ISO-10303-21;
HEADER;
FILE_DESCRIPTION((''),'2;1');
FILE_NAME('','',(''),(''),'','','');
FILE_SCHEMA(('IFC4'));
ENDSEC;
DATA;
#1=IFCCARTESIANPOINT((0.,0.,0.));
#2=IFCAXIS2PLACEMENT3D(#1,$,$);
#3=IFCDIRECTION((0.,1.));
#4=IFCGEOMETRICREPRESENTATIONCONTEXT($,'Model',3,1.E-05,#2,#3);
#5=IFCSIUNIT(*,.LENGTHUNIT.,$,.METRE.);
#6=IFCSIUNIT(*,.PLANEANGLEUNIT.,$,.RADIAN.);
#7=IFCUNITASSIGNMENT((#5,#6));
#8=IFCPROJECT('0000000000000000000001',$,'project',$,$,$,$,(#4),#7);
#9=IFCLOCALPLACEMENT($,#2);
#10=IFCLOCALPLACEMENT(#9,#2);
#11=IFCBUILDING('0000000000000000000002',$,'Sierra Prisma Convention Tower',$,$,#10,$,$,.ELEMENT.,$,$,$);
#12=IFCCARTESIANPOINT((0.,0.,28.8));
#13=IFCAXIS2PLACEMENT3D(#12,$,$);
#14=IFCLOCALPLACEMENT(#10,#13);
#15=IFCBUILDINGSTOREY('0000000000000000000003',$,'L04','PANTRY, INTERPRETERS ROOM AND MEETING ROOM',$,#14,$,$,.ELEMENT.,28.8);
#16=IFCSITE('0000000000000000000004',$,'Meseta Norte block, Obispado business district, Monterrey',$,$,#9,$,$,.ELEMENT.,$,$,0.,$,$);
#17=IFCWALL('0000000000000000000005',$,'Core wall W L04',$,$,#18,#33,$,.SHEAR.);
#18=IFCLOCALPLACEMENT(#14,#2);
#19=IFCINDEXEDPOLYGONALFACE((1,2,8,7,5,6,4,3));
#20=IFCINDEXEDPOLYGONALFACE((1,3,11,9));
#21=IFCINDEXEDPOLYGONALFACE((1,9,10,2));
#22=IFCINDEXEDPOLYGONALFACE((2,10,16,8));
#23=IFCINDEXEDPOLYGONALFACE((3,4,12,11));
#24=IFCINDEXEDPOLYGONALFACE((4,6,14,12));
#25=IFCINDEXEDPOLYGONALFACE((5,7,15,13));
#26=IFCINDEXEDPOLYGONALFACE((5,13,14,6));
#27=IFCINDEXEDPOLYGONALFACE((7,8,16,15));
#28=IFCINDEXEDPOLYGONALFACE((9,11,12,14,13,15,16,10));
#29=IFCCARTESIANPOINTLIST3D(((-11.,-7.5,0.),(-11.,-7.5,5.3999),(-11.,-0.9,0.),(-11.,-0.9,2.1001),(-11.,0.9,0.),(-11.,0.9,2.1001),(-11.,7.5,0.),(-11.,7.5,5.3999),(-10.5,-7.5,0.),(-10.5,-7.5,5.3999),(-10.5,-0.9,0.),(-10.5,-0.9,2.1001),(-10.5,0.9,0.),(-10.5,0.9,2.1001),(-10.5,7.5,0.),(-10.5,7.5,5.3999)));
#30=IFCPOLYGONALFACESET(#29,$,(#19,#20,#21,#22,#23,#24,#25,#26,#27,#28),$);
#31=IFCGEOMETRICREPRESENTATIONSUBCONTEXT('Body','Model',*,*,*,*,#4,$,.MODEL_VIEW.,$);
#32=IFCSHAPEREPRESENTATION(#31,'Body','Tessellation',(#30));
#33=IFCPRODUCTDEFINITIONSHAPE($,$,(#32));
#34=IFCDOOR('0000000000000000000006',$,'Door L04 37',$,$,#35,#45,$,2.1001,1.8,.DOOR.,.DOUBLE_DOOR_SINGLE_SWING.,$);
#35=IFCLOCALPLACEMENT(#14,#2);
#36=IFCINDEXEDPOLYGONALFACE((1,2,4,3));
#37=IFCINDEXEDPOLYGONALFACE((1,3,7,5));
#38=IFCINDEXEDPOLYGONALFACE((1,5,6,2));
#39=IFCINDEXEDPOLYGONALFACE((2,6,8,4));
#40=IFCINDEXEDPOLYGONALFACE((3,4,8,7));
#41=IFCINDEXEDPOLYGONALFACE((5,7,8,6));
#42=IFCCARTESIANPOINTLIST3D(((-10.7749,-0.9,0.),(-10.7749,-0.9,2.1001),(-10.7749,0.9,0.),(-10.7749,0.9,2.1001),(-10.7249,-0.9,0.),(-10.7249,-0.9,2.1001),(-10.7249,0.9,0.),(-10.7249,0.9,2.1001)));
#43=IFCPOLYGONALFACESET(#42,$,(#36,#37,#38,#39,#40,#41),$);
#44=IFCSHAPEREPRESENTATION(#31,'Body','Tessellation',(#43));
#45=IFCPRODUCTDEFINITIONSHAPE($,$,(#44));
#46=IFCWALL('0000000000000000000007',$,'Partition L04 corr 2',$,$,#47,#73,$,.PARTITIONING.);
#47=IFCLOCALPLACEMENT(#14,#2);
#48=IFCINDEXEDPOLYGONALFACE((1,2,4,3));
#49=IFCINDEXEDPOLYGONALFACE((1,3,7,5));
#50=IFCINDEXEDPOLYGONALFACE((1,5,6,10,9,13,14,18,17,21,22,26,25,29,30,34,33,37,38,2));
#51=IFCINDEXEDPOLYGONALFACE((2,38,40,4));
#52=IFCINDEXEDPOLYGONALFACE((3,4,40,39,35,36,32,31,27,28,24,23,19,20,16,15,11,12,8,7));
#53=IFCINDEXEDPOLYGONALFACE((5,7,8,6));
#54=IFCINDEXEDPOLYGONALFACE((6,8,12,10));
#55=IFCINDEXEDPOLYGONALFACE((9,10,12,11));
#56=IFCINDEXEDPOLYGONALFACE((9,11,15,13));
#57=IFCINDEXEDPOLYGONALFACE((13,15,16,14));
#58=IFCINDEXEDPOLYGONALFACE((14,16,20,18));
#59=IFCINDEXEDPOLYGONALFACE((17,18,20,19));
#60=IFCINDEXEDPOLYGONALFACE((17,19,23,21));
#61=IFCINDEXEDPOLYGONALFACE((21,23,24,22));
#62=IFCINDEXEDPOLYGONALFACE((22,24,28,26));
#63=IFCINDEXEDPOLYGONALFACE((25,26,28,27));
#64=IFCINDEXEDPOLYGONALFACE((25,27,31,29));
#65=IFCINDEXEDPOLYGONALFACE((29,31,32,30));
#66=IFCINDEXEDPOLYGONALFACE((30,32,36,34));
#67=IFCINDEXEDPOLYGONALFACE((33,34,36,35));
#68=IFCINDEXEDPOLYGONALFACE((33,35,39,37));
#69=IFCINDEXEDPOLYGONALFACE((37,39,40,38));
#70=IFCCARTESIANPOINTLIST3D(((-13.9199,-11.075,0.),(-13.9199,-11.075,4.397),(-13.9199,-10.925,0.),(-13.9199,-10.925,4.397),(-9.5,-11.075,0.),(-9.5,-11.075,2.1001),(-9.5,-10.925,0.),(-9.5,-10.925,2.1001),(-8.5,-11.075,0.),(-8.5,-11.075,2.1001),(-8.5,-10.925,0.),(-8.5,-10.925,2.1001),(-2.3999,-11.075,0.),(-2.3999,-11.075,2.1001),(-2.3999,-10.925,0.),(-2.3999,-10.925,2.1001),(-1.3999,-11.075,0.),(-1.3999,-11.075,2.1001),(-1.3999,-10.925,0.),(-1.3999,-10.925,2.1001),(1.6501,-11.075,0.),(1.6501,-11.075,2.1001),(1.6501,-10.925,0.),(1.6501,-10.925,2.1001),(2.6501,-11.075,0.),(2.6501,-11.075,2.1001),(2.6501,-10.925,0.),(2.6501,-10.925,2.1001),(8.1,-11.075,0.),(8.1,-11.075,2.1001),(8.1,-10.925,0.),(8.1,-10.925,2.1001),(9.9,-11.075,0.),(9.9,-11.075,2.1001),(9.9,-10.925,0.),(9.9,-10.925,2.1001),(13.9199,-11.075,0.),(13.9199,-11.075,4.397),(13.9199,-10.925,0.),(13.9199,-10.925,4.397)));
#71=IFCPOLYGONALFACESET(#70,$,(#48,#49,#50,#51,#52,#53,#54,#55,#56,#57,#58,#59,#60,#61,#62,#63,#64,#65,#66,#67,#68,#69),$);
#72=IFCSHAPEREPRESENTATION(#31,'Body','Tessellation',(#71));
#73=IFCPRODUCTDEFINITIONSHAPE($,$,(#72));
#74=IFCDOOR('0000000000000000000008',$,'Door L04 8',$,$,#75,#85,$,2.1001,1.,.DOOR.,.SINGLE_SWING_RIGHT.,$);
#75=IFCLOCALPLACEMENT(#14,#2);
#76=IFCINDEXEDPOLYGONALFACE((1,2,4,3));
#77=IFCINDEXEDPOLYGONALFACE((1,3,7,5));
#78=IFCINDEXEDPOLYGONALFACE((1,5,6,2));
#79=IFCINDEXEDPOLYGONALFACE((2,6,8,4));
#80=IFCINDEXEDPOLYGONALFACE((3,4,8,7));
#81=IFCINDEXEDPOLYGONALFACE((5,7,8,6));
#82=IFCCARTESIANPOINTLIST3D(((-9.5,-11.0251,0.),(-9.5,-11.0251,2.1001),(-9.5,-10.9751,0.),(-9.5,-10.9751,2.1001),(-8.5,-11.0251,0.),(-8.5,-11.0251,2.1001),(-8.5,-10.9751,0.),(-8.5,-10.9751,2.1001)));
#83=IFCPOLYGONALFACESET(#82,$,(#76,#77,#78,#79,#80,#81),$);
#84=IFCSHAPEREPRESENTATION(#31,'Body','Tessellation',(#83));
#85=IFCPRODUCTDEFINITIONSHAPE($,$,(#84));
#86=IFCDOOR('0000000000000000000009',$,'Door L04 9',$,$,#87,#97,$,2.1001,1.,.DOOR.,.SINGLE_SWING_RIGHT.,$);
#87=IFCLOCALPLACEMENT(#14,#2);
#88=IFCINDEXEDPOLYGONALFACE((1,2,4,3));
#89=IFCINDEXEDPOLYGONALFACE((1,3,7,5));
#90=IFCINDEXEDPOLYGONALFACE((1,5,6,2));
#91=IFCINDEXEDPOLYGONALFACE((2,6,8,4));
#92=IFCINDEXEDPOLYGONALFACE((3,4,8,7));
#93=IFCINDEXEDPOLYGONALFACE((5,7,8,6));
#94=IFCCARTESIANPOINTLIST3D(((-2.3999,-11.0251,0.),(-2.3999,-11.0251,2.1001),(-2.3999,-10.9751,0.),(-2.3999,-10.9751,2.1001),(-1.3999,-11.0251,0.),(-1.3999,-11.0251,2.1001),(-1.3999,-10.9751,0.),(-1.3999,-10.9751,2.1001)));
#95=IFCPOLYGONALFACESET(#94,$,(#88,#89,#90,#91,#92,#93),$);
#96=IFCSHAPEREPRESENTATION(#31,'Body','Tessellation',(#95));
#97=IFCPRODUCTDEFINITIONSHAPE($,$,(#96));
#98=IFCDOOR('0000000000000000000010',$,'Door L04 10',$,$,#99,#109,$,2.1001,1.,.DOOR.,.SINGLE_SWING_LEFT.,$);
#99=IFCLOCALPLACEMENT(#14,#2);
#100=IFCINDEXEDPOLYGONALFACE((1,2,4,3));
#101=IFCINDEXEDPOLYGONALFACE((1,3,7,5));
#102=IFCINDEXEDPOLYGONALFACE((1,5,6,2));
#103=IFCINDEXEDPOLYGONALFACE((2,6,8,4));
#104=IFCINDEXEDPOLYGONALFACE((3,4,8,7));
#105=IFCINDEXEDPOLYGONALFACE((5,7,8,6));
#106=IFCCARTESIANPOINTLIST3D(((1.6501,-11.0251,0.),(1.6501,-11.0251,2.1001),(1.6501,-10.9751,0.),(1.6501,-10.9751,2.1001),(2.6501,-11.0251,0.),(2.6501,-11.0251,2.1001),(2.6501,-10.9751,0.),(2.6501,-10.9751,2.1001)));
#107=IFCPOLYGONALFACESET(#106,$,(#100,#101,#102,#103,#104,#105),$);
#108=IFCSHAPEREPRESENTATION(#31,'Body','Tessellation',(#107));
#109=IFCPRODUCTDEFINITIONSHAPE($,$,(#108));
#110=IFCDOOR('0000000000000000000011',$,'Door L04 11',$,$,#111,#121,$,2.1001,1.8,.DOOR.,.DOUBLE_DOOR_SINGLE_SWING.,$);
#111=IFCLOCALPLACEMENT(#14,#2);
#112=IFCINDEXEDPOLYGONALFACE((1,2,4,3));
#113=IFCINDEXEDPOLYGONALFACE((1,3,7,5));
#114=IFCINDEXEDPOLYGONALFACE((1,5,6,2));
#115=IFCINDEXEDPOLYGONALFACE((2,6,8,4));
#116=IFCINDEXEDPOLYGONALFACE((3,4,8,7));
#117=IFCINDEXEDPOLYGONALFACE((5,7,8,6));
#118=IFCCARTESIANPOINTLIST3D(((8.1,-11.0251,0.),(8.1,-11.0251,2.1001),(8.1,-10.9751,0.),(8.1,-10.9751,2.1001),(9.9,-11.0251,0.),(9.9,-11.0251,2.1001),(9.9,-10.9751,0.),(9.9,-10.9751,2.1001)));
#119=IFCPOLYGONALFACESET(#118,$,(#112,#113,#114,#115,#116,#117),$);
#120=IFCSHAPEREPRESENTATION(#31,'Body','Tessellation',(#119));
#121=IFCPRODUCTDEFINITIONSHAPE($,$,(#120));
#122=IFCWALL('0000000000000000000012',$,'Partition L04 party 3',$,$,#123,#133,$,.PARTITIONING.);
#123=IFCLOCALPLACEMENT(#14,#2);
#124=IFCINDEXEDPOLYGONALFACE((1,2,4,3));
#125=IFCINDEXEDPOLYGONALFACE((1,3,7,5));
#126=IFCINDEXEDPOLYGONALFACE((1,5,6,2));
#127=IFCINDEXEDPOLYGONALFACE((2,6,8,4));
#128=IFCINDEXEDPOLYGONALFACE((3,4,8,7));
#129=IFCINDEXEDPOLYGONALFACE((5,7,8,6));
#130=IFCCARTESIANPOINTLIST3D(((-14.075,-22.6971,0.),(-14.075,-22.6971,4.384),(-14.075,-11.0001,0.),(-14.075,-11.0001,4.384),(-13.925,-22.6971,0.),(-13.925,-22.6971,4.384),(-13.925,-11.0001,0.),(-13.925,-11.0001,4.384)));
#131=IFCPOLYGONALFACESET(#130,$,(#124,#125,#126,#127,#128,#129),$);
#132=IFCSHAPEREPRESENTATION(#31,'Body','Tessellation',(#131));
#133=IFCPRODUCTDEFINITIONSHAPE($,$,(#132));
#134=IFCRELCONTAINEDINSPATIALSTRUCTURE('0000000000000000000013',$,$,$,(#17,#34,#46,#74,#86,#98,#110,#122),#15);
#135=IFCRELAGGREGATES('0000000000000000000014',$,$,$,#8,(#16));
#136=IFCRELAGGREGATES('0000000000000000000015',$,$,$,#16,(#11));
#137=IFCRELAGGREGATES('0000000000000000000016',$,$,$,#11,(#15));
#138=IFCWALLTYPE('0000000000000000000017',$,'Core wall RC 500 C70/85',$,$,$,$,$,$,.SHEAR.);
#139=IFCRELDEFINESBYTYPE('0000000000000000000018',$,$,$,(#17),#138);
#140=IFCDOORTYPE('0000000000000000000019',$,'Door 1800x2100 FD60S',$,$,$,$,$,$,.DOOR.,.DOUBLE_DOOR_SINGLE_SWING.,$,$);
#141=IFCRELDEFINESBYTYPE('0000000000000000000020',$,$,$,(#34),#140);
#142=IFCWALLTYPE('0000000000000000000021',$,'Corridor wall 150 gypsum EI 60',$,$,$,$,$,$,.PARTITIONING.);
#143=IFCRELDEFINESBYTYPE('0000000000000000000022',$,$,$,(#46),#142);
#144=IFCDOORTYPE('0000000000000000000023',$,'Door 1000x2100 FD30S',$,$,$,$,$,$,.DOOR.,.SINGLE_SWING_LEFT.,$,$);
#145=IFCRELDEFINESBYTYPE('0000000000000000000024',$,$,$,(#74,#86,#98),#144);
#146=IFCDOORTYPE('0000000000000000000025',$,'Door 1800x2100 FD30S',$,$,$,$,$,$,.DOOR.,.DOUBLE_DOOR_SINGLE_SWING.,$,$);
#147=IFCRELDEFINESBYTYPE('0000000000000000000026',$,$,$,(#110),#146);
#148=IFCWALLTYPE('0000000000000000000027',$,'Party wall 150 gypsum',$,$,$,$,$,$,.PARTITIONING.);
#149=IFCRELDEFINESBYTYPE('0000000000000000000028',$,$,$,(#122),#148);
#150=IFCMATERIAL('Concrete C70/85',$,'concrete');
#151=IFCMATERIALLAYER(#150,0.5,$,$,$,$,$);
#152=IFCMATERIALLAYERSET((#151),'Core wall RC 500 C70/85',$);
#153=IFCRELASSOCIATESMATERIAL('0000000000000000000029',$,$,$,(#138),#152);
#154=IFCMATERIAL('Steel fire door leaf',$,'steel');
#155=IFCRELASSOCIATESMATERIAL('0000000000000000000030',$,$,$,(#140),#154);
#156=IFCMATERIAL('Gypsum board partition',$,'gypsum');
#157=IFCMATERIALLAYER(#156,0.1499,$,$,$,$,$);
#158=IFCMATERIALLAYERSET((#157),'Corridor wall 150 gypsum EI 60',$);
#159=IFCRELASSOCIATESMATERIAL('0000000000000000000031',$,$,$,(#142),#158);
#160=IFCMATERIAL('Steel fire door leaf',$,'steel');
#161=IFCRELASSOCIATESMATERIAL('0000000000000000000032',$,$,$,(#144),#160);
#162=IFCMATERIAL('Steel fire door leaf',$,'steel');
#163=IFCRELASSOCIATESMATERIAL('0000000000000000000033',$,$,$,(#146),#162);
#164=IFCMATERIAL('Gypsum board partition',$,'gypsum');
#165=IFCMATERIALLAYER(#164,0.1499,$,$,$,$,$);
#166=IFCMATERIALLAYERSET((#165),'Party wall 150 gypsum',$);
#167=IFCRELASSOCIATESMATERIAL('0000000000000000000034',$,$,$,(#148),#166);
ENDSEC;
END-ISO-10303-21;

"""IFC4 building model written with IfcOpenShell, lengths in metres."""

from ifc_helpers import new_model, si_unit, direction, frame, frame_2d, origin, place, context, subcontext, project, spatial, rectangle, extrude, material, layer, layer_set, type_object, element, fill, save


model = new_model("IFC4")

# Units and contexts
model_context = context("Model", 3, precision=1e-05, world=origin(), true_north=direction((0.0, 1.0)))
body_context = subcontext(model_context, "Body", "Model", "MODEL_VIEW")
ifc_project = project(units=[si_unit("LENGTHUNIT", "METRE"), si_unit("PLANEANGLEUNIT", "RADIAN")], contexts=[model_context])

# Site, building, storey
site_placement = place(None, origin())
site = spatial("IfcSite", under=ifc_project, at=site_placement, Name="Meseta Norte block, Obispado business district, Monterrey", CompositionType="ELEMENT", RefElevation=0.0)
building_placement = place(site_placement, origin())
building = spatial("IfcBuilding", under=site, at=building_placement, Name="Sierra Prisma Convention Tower", CompositionType="ELEMENT")
storey_placement = place(building_placement, frame((0.0, 0.0, 28.8)))
storey = spatial("IfcBuildingStorey", under=building, at=storey_placement, Name="L04", Description="PANTRY, INTERPRETERS ROOM AND MEETING ROOM", CompositionType="ELEMENT", Elevation=28.8)

# Wall, opening, door
ifc_material_1 = material(Name="Concrete C70/85", Category="concrete")
ifc_layer_1 = layer(ifc_material_1, 0.5)
ifc_layer_set_1 = layer_set([ifc_layer_1], Name="Core wall RC 500 C70/85")
wall_type_1 = type_object("IfcWallType", Name="Core wall RC 500 C70/85", PredefinedType="SHEAR", material=ifc_layer_set_1)
wall_1_placement = place(storey_placement, frame((-10.75, -7.5, 0.0), z_axis=(0.0, 0.0, 1.0), x_axis=(0.0, 1.0, 0.0)))
wall_1 = element("IfcWall", 1, at=wall_1_placement, inside=storey, type_object=wall_type_1, Name="Core wall W L04", PredefinedType="SHEAR", context=body_context, shape_type="SweptSolid", body=[
    extrude(rectangle(XDim=15.0, YDim=0.5, at=frame_2d((7.5, 0.0))), origin(), (0.0, 0.0, 1.0), 5.3999),
])
opening_1_placement = place(wall_1_placement, frame((6.6001, 0.0, 0.0)))
opening_1 = element("IfcOpeningElement", 2, at=opening_1_placement, cuts=wall_1, PredefinedType="OPENING", context=body_context, shape_type="SweptSolid", body=[
    extrude(rectangle(XDim=1.8, YDim=2.1001, at=frame_2d((0.8999, 1.05))), frame((0.0, 0.25, 0.0), z_axis=(0.0, -1.0, 0.0), x_axis=(1.0, 0.0, 0.0)), (0.0, 0.0, 1.0), 0.5),
])
ifc_material_2 = material(Name="Steel fire door leaf", Category="steel")
door_type_1 = type_object("IfcDoorType", Name="Door 1800x2100 FD60S", OperationType="DOUBLE_DOOR_SINGLE_SWING", PredefinedType="DOOR", material=ifc_material_2)
door_1_placement = place(opening_1_placement, origin())
door_1 = element("IfcDoor", 3, at=door_1_placement, inside=storey, type_object=door_type_1, Name="Door L04 37", OperationType="DOUBLE_DOOR_SINGLE_SWING", OverallHeight=2.1001, OverallWidth=1.8, PredefinedType="DOOR", context=body_context, shape_type="SweptSolid", body=[
    extrude(rectangle(XDim=1.8, YDim=2.1001, at=frame_2d((0.8999, 1.05))), frame((0.0, 0.0249, 0.0), z_axis=(0.0, -1.0, 0.0), x_axis=(1.0, 0.0, 0.0)), (0.0, 0.0, 1.0), 0.05),
])
fill(opening_1, door_1)

# Wall, openings, doors
ifc_material_3 = material(Name="Gypsum board partition", Category="gypsum")
ifc_layer_2 = layer(ifc_material_3, 0.1499)
ifc_layer_set_2 = layer_set([ifc_layer_2], Name="Corridor wall 150 gypsum EI 60")
wall_type_2 = type_object("IfcWallType", Name="Corridor wall 150 gypsum EI 60", PredefinedType="PARTITIONING", material=ifc_layer_set_2)
wall_2_placement = place(storey_placement, frame((-13.9199, -11.0, 0.0), z_axis=(0.0, 0.0, 1.0), x_axis=(1.0, 0.0, 0.0)))
wall_2 = element("IfcWall", 4, at=wall_2_placement, inside=storey, type_object=wall_type_2, Name="Partition L04 corr 2", PredefinedType="PARTITIONING", context=body_context, shape_type="SweptSolid", body=[
    extrude(rectangle(XDim=27.8398, YDim=0.1499, at=frame_2d((13.9199, 0.0))), origin(), (0.0, 0.0, 1.0), 4.397),
])
opening_2_placement = place(wall_2_placement, frame((4.4199, 0.0, 0.0)))
opening_2 = element("IfcOpeningElement", 5, at=opening_2_placement, cuts=wall_2, PredefinedType="OPENING", context=body_context, shape_type="SweptSolid", body=[
    extrude(rectangle(XDim=1.0, YDim=2.1001, at=frame_2d((0.5, 1.05))), frame((0.0, 0.075, 0.0), z_axis=(0.0, -1.0, 0.0), x_axis=(1.0, 0.0, 0.0)), (0.0, 0.0, 1.0), 0.1499),
])
opening_3_placement = place(wall_2_placement, frame((11.52, 0.0, 0.0)))
opening_3 = element("IfcOpeningElement", 6, at=opening_3_placement, cuts=wall_2, PredefinedType="OPENING", context=body_context, shape_type="SweptSolid", body=[
    extrude(rectangle(XDim=1.0, YDim=2.1001, at=frame_2d((0.5, 1.05))), frame((0.0, 0.075, 0.0), z_axis=(0.0, -1.0, 0.0), x_axis=(1.0, 0.0, 0.0)), (0.0, 0.0, 1.0), 0.1499),
])
opening_4_placement = place(wall_2_placement, frame((15.5701, 0.0, 0.0)))
opening_4 = element("IfcOpeningElement", 7, at=opening_4_placement, cuts=wall_2, PredefinedType="OPENING", context=body_context, shape_type="SweptSolid", body=[
    extrude(rectangle(XDim=1.0, YDim=2.1001, at=frame_2d((0.5, 1.05))), frame((0.0, 0.075, 0.0), z_axis=(0.0, -1.0, 0.0), x_axis=(1.0, 0.0, 0.0)), (0.0, 0.0, 1.0), 0.1499),
])
opening_5_placement = place(wall_2_placement, frame((22.02, 0.0, 0.0)))
opening_5 = element("IfcOpeningElement", 8, at=opening_5_placement, cuts=wall_2, PredefinedType="OPENING", context=body_context, shape_type="SweptSolid", body=[
    extrude(rectangle(XDim=1.8, YDim=2.1001, at=frame_2d((0.8999, 1.05))), frame((0.0, 0.075, 0.0), z_axis=(0.0, -1.0, 0.0), x_axis=(1.0, 0.0, 0.0)), (0.0, 0.0, 1.0), 0.1499),
])
ifc_material_4 = material(Name="Steel fire door leaf", Category="steel")
door_type_2 = type_object("IfcDoorType", Name="Door 1000x2100 FD30S", OperationType="SINGLE_SWING_LEFT", PredefinedType="DOOR", material=ifc_material_4)
door_2_placement = place(opening_2_placement, origin())
door_2 = element("IfcDoor", 9, at=door_2_placement, inside=storey, type_object=door_type_2, Name="Door L04 8", OperationType="SINGLE_SWING_RIGHT", OverallHeight=2.1001, OverallWidth=1.0, PredefinedType="DOOR", context=body_context, shape_type="SweptSolid", body=[
    extrude(rectangle(XDim=1.0, YDim=2.1001, at=frame_2d((0.5, 1.05))), frame((0.0, 0.0249, 0.0), z_axis=(0.0, -1.0, 0.0), x_axis=(1.0, 0.0, 0.0)), (0.0, 0.0, 1.0), 0.05),
])
fill(opening_2, door_2)
door_3_placement = place(opening_3_placement, origin())
door_3 = element("IfcDoor", 10, at=door_3_placement, inside=storey, type_object=door_type_2, Name="Door L04 9", OperationType="SINGLE_SWING_RIGHT", OverallHeight=2.1001, OverallWidth=1.0, PredefinedType="DOOR", context=body_context, shape_type="SweptSolid", body=[
    extrude(rectangle(XDim=1.0, YDim=2.1001, at=frame_2d((0.5, 1.05))), frame((0.0, 0.0249, 0.0), z_axis=(0.0, -1.0, 0.0), x_axis=(1.0, 0.0, 0.0)), (0.0, 0.0, 1.0), 0.05),
])
fill(opening_3, door_3)
door_4_placement = place(opening_4_placement, origin())
door_4 = element("IfcDoor", 11, at=door_4_placement, inside=storey, type_object=door_type_2, Name="Door L04 10", OperationType="SINGLE_SWING_LEFT", OverallHeight=2.1001, OverallWidth=1.0, PredefinedType="DOOR", context=body_context, shape_type="SweptSolid", body=[
    extrude(rectangle(XDim=1.0, YDim=2.1001, at=frame_2d((0.5, 1.05))), frame((0.0, 0.0249, 0.0), z_axis=(0.0, -1.0, 0.0), x_axis=(1.0, 0.0, 0.0)), (0.0, 0.0, 1.0), 0.05),
])
fill(opening_4, door_4)
ifc_material_5 = material(Name="Steel fire door leaf", Category="steel")
door_type_3 = type_object("IfcDoorType", Name="Door 1800x2100 FD30S", OperationType="DOUBLE_DOOR_SINGLE_SWING", PredefinedType="DOOR", material=ifc_material_5)
door_5_placement = place(opening_5_placement, origin())
door_5 = element("IfcDoor", 12, at=door_5_placement, inside=storey, type_object=door_type_3, Name="Door L04 11", OperationType="DOUBLE_DOOR_SINGLE_SWING", OverallHeight=2.1001, OverallWidth=1.8, PredefinedType="DOOR", context=body_context, shape_type="SweptSolid", body=[
    extrude(rectangle(XDim=1.8, YDim=2.1001, at=frame_2d((0.8999, 1.05))), frame((0.0, 0.0249, 0.0), z_axis=(0.0, -1.0, 0.0), x_axis=(1.0, 0.0, 0.0)), (0.0, 0.0, 1.0), 0.05),
])
fill(opening_5, door_5)

# Wall
ifc_material_6 = material(Name="Gypsum board partition", Category="gypsum")
ifc_layer_3 = layer(ifc_material_6, 0.1499)
ifc_layer_set_3 = layer_set([ifc_layer_3], Name="Party wall 150 gypsum")
wall_type_3 = type_object("IfcWallType", Name="Party wall 150 gypsum", PredefinedType="PARTITIONING", material=ifc_layer_set_3)
wall_3_placement = place(storey_placement, frame((-14.0, -11.0, 0.0), z_axis=(0.0, 0.0, 1.0), x_axis=(0.0, -1.0, 0.0)))
element("IfcWall", 13, at=wall_3_placement, inside=storey, type_object=wall_type_3, Name="Partition L04 party 3", PredefinedType="PARTITIONING", context=body_context, shape_type="SweptSolid", body=[
    extrude(rectangle(XDim=11.697, YDim=0.1499, at=frame_2d((5.8486, 0.0))), origin(), (0.0, 0.0, 1.0), 4.384),
])

save(model, "model.ifc")
